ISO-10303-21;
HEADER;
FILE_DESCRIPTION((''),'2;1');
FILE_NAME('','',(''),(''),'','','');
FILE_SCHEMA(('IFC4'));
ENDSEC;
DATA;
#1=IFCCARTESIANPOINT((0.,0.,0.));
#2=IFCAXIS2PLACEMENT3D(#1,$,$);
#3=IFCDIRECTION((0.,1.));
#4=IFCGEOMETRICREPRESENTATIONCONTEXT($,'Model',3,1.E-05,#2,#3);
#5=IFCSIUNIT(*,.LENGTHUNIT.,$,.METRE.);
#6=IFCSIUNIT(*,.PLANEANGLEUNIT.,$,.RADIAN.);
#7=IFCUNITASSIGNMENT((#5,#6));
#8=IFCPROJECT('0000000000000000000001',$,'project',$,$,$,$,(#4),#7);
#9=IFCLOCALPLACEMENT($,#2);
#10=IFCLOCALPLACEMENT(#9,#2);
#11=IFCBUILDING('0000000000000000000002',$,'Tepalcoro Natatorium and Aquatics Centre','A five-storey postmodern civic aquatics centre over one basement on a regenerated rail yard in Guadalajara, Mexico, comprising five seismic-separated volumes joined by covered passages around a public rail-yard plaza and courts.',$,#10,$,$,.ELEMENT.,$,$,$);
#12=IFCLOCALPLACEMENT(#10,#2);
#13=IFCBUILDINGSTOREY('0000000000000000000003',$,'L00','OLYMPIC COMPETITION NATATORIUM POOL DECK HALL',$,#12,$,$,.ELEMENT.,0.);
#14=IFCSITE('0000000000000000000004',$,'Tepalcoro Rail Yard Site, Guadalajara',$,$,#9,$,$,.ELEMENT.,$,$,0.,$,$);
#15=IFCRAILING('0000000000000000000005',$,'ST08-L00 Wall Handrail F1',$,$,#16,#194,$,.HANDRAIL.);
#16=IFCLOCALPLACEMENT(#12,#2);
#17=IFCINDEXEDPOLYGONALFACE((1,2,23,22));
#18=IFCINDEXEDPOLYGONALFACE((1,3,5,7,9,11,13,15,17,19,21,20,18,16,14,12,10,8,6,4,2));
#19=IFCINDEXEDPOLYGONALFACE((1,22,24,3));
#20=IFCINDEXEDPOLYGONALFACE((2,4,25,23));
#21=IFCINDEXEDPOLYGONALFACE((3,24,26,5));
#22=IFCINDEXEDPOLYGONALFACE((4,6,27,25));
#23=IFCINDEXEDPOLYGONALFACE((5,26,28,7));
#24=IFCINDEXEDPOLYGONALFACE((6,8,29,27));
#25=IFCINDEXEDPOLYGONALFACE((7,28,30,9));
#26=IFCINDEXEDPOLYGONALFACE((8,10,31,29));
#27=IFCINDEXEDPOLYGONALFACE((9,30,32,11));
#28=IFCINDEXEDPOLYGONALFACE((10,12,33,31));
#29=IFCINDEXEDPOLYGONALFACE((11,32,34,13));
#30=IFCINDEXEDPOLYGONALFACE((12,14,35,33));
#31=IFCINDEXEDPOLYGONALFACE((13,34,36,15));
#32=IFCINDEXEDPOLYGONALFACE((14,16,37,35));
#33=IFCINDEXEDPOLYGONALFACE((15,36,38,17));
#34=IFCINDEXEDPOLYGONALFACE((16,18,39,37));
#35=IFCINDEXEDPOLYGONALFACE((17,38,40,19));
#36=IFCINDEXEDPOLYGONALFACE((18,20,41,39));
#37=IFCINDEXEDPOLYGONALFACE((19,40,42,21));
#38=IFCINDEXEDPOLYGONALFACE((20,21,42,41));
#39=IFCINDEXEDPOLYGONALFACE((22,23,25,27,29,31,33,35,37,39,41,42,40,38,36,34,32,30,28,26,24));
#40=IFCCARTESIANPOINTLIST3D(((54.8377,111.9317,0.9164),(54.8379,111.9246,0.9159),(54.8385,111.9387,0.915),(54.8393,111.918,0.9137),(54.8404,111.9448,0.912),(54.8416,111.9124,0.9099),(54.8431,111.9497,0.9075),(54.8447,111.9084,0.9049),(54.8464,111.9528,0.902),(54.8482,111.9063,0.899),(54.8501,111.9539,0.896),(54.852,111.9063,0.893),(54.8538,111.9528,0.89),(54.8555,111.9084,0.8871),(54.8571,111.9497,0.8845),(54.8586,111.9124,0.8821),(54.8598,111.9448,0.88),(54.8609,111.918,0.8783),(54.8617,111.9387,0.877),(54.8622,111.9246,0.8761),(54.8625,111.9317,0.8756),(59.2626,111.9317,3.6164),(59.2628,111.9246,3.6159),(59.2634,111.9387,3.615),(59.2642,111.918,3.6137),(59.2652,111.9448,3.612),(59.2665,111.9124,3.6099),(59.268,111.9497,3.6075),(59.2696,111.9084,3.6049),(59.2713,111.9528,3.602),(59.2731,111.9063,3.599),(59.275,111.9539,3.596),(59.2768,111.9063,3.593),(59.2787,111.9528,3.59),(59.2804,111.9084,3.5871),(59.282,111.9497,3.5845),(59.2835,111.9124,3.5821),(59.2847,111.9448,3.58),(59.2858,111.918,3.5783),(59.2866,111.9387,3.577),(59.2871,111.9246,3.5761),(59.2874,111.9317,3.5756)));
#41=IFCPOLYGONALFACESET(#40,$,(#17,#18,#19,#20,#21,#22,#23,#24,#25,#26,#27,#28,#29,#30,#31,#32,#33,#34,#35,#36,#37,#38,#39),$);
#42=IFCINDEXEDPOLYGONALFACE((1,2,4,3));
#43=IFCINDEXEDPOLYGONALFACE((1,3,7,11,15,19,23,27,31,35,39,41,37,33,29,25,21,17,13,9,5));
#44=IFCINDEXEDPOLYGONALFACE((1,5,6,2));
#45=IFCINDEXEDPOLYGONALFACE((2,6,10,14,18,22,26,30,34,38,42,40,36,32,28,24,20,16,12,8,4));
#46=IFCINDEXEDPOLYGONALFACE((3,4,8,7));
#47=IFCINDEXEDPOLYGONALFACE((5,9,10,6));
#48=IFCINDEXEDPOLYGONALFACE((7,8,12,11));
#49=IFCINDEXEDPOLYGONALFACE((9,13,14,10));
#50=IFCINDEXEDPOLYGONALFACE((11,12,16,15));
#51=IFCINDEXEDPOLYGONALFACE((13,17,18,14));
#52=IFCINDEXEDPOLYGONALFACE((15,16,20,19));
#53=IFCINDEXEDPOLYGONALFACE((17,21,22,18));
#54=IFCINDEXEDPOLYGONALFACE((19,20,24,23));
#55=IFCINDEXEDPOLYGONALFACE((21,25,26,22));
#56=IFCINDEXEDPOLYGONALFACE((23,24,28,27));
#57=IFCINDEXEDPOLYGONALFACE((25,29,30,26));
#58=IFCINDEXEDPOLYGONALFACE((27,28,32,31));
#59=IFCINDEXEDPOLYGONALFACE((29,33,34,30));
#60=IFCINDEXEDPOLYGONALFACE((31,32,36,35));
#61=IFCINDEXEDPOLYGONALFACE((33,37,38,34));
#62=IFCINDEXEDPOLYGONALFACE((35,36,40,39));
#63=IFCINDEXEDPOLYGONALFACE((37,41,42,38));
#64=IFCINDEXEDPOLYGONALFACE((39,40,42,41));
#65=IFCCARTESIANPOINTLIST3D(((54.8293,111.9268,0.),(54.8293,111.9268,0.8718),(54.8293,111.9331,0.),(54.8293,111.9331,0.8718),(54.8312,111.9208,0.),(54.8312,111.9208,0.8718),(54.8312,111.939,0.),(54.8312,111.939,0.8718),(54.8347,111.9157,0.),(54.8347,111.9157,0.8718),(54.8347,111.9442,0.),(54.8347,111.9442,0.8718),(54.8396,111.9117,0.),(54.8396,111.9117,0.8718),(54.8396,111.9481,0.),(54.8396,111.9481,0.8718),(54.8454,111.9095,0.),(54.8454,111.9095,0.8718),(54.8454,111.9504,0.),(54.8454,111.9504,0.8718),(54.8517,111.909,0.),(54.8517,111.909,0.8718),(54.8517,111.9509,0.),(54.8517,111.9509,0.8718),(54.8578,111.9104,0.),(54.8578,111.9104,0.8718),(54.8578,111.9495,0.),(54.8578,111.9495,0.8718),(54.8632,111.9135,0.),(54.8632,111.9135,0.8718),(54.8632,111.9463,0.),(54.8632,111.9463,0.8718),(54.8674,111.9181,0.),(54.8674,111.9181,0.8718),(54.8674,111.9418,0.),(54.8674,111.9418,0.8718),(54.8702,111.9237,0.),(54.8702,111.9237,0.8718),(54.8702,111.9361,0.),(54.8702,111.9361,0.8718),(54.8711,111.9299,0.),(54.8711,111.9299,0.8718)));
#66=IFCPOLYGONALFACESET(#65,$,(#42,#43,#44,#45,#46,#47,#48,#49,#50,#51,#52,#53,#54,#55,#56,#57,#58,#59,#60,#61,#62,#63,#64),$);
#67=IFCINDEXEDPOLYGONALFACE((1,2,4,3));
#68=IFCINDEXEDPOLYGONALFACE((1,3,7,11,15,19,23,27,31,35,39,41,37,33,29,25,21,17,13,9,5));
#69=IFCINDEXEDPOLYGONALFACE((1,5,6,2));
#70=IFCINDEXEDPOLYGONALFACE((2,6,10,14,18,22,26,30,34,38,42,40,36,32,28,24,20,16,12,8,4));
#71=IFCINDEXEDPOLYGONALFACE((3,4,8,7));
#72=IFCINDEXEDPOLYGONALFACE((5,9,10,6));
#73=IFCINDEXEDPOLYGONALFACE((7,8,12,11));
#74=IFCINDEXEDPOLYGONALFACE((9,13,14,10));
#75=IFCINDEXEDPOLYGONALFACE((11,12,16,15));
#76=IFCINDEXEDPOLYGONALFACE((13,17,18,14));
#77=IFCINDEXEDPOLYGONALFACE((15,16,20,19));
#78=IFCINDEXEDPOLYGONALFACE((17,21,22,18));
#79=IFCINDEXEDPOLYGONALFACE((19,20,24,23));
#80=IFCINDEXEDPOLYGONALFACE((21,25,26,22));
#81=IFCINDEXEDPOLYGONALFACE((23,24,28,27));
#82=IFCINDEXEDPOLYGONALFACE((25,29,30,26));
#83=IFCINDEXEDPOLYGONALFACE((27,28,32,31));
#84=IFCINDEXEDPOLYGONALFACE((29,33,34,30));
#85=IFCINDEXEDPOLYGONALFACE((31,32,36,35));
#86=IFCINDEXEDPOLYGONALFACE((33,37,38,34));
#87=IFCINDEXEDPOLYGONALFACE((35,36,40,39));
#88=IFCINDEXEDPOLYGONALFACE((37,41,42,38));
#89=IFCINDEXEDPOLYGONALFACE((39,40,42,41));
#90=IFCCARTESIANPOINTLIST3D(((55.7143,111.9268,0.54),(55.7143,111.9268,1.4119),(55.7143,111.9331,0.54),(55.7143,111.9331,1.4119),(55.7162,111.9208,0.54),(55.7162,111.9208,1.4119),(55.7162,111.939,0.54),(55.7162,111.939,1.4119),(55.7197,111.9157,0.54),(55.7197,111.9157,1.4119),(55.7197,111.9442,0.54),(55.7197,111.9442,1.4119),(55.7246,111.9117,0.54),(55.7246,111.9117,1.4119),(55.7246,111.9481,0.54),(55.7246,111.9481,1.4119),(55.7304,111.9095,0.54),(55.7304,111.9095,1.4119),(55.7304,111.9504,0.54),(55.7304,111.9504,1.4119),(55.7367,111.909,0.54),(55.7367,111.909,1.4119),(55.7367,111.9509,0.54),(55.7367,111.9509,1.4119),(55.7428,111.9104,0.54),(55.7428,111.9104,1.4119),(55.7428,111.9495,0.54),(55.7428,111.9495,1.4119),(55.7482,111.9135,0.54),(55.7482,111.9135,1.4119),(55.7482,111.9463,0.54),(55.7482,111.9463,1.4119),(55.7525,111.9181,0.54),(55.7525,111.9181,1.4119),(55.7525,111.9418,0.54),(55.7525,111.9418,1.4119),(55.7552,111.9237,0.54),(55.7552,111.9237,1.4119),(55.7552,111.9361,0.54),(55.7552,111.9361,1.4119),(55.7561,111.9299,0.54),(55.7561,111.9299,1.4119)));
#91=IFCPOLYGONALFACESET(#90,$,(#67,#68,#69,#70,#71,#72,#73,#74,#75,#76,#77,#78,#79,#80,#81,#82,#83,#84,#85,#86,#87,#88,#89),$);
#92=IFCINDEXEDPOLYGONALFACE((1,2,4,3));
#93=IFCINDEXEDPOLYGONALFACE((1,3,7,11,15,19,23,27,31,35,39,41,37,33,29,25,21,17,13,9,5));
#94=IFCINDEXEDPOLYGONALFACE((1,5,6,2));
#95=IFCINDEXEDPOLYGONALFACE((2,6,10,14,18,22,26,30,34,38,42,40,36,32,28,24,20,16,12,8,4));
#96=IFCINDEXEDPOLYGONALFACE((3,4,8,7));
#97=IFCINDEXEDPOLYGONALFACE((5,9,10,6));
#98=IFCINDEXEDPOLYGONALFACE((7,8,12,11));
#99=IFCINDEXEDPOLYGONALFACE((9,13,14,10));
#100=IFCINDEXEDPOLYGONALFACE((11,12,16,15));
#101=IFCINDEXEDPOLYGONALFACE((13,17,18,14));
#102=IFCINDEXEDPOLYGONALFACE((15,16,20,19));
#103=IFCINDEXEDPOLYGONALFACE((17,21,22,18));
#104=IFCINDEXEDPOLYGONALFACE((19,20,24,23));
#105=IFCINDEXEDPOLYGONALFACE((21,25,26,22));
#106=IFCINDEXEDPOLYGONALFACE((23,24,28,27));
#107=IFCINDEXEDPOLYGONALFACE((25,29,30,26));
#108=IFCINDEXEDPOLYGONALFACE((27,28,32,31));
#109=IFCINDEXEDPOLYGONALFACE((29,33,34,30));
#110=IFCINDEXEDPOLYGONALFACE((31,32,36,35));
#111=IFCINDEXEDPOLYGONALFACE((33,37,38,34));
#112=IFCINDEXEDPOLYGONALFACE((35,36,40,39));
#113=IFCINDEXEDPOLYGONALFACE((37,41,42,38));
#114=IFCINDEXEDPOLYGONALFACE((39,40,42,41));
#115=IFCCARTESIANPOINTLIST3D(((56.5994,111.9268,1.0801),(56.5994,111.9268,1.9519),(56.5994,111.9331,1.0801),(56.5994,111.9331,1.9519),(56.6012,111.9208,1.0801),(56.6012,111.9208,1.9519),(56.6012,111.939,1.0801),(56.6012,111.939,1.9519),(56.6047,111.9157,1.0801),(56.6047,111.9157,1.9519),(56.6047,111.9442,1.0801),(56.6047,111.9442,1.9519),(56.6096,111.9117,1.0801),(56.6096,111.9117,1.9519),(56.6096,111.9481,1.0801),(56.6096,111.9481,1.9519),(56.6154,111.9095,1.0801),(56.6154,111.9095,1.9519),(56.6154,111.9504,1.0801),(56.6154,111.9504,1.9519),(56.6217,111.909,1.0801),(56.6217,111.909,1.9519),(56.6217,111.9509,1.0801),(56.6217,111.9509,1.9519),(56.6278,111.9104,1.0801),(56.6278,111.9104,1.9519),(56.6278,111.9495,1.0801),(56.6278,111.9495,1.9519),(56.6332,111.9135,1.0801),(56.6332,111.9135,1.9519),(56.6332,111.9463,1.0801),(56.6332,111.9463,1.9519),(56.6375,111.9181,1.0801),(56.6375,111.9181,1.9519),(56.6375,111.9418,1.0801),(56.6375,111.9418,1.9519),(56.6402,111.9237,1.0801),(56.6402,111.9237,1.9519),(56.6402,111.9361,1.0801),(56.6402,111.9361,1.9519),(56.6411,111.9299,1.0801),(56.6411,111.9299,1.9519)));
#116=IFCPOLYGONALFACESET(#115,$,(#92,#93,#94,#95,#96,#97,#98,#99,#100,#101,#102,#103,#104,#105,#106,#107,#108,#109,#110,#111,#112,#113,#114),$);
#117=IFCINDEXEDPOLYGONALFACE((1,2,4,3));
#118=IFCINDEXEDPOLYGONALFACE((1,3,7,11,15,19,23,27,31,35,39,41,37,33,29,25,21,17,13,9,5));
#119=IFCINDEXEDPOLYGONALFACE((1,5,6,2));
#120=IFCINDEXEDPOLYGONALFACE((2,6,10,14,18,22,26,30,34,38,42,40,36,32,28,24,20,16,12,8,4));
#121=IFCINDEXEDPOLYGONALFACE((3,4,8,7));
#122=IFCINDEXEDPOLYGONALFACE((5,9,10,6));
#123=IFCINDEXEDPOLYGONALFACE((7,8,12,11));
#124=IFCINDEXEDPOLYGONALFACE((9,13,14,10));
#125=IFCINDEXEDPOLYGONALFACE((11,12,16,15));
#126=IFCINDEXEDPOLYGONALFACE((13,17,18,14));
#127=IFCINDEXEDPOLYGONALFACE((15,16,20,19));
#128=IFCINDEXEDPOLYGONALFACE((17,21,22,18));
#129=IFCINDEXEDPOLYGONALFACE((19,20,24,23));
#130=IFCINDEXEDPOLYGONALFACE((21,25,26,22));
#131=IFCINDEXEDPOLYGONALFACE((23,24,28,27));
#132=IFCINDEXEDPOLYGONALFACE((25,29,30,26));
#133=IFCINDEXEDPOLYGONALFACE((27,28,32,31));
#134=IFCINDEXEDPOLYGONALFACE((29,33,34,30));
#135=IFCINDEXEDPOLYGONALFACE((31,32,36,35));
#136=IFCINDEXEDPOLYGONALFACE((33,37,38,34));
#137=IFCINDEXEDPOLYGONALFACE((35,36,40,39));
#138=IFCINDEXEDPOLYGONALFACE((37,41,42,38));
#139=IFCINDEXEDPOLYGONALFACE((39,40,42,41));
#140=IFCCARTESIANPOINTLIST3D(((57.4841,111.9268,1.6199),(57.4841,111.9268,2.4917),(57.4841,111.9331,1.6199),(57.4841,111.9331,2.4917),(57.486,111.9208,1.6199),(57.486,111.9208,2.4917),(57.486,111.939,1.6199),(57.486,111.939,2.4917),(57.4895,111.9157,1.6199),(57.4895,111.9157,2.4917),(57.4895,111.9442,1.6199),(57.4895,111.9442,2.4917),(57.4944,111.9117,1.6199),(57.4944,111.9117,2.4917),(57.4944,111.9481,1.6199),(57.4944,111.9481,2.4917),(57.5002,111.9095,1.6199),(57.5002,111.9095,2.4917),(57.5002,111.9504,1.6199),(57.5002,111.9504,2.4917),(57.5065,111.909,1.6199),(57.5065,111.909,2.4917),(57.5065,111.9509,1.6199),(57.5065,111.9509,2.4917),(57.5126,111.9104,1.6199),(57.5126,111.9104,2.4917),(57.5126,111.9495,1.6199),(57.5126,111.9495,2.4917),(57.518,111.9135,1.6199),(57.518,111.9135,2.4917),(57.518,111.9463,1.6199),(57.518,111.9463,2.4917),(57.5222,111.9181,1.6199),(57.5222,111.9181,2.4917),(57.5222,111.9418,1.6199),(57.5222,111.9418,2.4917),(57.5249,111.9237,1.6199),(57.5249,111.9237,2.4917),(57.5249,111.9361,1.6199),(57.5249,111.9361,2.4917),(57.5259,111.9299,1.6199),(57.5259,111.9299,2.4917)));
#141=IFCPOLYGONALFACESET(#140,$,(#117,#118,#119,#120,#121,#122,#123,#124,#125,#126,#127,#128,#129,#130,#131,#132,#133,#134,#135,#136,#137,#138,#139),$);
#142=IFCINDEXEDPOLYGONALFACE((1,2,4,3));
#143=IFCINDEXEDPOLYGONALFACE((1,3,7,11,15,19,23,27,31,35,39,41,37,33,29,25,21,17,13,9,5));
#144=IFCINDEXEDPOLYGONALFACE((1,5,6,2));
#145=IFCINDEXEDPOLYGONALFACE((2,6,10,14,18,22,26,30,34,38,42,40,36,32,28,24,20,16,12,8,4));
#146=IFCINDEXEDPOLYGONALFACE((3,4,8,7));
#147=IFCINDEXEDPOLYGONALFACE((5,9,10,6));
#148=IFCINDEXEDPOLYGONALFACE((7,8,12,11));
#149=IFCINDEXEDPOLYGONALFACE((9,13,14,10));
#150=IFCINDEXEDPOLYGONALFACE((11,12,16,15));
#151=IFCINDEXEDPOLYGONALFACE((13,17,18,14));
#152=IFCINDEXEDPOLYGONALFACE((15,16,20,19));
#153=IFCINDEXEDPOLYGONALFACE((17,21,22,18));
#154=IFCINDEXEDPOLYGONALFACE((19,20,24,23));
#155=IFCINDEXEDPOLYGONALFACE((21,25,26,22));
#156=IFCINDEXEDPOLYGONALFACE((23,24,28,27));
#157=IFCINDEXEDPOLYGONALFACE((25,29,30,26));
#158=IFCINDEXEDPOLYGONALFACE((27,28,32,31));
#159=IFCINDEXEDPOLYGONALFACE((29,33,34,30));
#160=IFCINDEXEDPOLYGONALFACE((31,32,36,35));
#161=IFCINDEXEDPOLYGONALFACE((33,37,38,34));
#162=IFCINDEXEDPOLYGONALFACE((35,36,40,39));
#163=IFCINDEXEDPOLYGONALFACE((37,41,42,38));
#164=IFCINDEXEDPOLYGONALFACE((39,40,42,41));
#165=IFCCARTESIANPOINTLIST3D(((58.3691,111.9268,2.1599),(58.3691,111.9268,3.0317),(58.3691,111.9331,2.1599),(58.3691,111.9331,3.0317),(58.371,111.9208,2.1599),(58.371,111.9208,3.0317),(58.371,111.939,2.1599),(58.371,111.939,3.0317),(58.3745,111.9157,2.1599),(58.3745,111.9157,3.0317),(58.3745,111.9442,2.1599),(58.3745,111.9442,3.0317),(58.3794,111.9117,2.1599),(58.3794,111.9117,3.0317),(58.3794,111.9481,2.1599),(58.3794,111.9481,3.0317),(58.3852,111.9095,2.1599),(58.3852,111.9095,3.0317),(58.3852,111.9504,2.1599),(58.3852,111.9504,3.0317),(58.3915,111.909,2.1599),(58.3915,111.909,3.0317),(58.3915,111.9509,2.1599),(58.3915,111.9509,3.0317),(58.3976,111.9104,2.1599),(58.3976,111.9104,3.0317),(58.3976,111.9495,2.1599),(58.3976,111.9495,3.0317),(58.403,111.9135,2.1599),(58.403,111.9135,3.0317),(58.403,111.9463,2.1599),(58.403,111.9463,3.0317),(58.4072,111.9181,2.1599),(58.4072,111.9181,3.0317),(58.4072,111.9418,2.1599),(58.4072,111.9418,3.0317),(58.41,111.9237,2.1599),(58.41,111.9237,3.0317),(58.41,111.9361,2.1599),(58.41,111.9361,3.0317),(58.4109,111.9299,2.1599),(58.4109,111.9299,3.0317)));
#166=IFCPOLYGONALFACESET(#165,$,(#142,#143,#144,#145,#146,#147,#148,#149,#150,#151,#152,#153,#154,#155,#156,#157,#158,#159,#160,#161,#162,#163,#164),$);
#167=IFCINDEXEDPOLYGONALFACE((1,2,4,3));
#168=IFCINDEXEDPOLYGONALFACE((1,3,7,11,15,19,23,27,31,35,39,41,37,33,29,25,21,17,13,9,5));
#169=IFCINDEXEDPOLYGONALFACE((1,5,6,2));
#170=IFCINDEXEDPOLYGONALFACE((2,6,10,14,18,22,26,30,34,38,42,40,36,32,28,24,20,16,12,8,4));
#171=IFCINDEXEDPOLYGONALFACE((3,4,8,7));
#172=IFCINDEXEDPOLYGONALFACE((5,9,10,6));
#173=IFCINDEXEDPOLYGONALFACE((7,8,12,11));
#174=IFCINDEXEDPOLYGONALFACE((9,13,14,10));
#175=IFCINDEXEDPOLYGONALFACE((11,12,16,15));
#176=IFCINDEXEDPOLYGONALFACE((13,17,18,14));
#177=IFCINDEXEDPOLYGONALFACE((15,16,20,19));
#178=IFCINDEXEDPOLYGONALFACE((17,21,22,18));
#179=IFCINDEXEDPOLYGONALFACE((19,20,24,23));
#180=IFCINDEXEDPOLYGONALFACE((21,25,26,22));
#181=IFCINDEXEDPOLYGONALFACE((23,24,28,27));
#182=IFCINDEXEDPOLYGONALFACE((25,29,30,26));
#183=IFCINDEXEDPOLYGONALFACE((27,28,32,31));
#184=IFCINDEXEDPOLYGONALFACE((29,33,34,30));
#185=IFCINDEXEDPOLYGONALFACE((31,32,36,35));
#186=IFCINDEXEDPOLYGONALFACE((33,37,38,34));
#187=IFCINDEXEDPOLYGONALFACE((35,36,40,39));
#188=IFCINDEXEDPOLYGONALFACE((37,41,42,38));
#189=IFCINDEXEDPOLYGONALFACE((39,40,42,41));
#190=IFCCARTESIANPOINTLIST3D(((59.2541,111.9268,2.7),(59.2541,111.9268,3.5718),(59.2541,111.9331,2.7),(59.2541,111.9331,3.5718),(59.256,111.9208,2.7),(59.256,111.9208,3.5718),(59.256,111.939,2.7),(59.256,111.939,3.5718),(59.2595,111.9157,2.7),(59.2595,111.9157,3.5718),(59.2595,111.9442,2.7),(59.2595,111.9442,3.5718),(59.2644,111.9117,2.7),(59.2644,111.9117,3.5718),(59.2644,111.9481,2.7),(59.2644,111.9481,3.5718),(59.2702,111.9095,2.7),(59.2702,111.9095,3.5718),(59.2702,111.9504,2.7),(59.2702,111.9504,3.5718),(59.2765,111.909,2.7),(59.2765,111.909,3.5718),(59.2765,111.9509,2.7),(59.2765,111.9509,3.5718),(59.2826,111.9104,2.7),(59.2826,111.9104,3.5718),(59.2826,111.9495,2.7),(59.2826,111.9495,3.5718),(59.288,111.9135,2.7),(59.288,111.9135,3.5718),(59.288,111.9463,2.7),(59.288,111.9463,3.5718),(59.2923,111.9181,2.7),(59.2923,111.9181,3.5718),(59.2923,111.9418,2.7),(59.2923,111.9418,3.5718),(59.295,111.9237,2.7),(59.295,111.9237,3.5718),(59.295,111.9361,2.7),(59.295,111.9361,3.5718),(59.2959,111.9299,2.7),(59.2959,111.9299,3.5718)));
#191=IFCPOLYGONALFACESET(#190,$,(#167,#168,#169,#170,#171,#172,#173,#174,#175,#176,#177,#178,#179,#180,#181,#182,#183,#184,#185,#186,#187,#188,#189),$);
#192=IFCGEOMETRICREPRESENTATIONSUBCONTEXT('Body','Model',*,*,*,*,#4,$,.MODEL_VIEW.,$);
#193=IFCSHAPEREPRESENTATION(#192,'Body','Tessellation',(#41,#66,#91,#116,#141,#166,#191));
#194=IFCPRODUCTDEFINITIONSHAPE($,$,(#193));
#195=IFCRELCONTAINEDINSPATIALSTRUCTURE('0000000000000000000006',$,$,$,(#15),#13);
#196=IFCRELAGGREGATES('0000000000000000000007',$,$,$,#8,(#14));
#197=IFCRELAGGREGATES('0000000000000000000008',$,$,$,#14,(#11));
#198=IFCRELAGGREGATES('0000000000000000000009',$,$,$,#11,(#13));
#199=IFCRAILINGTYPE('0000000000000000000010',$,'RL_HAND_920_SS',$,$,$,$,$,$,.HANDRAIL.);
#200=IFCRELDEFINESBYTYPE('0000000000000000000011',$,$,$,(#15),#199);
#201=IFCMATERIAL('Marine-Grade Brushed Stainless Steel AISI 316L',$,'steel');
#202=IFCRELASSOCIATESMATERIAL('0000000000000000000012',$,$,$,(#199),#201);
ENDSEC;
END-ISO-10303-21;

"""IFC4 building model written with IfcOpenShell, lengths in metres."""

from ifc_helpers import new_model, si_unit, direction, frame, origin, origin_2d, place, context, subcontext, project, spatial, circle, extrude, material, type_object, element, save


model = new_model("IFC4")

# Units and contexts
model_context = context("Model", 3, precision=1e-05, world=origin(), true_north=direction((0.0, 1.0)))
body_context = subcontext(model_context, "Body", "Model", "MODEL_VIEW")
ifc_project = project(units=[si_unit("LENGTHUNIT", "METRE"), si_unit("PLANEANGLEUNIT", "RADIAN")], contexts=[model_context])

# Site, building, storey
site_placement = place(None, origin())
site = spatial("IfcSite", under=ifc_project, at=site_placement, Name="Tepalcoro Rail Yard Site, Guadalajara", CompositionType="ELEMENT", RefElevation=0.0)
building_placement = place(site_placement, origin())
building = spatial("IfcBuilding", under=site, at=building_placement, Name="Tepalcoro Natatorium and Aquatics Centre", Description="A five-storey postmodern civic aquatics centre over one basement on a regenerated rail yard in Guadalajara, Mexico, comprising five seismic-separated volumes joined by covered passages around a public rail-yard plaza and courts.", CompositionType="ELEMENT")
storey_placement = place(building_placement, origin())
storey = spatial("IfcBuildingStorey", under=building, at=storey_placement, Name="L00", Description="OLYMPIC COMPETITION NATATORIUM POOL DECK HALL", CompositionType="ELEMENT", Elevation=0.0)

# Railing
ifc_material_1 = material(Name="Marine-Grade Brushed Stainless Steel AISI 316L", Category="steel")
railing_type_1 = type_object("IfcRailingType", Name="RL_HAND_920_SS", PredefinedType="HANDRAIL", material=ifc_material_1)
railing_1_placement = place(storey_placement, frame((54.8501, 111.9299, 0.0)))
element("IfcRailing", 1, at=railing_1_placement, inside=storey, type_object=railing_type_1, Name="ST08-L00 Wall Handrail F1", PredefinedType="HANDRAIL", context=body_context, shape_type="SweptSolid", body=[
    extrude(circle(Radius=0.0239, at=origin_2d()), frame((0.0, 0.0, 0.896), z_axis=(0.853633, 0.0, 0.520875), x_axis=(0.0, 1.0, 0.0)), (0.0, 0.0, 1.0), 5.1836),
    extrude(circle(Radius=0.021, at=origin_2d()), origin(), (0.0, 0.0, 1.0), 0.8718),
    extrude(circle(Radius=0.021, at=origin_2d()), frame((0.885, 0.0, 0.54)), (0.0, 0.0, 1.0), 0.8718),
    extrude(circle(Radius=0.021, at=origin_2d()), frame((1.77, 0.0, 1.0801)), (0.0, 0.0, 1.0), 0.8718),
    extrude(circle(Radius=0.021, at=origin_2d()), frame((2.6548, 0.0, 1.6199)), (0.0, 0.0, 1.0), 0.8718),
    extrude(circle(Radius=0.021, at=origin_2d()), frame((3.5398, 0.0, 2.1599)), (0.0, 0.0, 1.0), 0.8718),
    extrude(circle(Radius=0.021, at=origin_2d()), frame((4.4248, 0.0, 2.7)), (0.0, 0.0, 1.0), 0.8718),
])

save(model, "model.ifc")
